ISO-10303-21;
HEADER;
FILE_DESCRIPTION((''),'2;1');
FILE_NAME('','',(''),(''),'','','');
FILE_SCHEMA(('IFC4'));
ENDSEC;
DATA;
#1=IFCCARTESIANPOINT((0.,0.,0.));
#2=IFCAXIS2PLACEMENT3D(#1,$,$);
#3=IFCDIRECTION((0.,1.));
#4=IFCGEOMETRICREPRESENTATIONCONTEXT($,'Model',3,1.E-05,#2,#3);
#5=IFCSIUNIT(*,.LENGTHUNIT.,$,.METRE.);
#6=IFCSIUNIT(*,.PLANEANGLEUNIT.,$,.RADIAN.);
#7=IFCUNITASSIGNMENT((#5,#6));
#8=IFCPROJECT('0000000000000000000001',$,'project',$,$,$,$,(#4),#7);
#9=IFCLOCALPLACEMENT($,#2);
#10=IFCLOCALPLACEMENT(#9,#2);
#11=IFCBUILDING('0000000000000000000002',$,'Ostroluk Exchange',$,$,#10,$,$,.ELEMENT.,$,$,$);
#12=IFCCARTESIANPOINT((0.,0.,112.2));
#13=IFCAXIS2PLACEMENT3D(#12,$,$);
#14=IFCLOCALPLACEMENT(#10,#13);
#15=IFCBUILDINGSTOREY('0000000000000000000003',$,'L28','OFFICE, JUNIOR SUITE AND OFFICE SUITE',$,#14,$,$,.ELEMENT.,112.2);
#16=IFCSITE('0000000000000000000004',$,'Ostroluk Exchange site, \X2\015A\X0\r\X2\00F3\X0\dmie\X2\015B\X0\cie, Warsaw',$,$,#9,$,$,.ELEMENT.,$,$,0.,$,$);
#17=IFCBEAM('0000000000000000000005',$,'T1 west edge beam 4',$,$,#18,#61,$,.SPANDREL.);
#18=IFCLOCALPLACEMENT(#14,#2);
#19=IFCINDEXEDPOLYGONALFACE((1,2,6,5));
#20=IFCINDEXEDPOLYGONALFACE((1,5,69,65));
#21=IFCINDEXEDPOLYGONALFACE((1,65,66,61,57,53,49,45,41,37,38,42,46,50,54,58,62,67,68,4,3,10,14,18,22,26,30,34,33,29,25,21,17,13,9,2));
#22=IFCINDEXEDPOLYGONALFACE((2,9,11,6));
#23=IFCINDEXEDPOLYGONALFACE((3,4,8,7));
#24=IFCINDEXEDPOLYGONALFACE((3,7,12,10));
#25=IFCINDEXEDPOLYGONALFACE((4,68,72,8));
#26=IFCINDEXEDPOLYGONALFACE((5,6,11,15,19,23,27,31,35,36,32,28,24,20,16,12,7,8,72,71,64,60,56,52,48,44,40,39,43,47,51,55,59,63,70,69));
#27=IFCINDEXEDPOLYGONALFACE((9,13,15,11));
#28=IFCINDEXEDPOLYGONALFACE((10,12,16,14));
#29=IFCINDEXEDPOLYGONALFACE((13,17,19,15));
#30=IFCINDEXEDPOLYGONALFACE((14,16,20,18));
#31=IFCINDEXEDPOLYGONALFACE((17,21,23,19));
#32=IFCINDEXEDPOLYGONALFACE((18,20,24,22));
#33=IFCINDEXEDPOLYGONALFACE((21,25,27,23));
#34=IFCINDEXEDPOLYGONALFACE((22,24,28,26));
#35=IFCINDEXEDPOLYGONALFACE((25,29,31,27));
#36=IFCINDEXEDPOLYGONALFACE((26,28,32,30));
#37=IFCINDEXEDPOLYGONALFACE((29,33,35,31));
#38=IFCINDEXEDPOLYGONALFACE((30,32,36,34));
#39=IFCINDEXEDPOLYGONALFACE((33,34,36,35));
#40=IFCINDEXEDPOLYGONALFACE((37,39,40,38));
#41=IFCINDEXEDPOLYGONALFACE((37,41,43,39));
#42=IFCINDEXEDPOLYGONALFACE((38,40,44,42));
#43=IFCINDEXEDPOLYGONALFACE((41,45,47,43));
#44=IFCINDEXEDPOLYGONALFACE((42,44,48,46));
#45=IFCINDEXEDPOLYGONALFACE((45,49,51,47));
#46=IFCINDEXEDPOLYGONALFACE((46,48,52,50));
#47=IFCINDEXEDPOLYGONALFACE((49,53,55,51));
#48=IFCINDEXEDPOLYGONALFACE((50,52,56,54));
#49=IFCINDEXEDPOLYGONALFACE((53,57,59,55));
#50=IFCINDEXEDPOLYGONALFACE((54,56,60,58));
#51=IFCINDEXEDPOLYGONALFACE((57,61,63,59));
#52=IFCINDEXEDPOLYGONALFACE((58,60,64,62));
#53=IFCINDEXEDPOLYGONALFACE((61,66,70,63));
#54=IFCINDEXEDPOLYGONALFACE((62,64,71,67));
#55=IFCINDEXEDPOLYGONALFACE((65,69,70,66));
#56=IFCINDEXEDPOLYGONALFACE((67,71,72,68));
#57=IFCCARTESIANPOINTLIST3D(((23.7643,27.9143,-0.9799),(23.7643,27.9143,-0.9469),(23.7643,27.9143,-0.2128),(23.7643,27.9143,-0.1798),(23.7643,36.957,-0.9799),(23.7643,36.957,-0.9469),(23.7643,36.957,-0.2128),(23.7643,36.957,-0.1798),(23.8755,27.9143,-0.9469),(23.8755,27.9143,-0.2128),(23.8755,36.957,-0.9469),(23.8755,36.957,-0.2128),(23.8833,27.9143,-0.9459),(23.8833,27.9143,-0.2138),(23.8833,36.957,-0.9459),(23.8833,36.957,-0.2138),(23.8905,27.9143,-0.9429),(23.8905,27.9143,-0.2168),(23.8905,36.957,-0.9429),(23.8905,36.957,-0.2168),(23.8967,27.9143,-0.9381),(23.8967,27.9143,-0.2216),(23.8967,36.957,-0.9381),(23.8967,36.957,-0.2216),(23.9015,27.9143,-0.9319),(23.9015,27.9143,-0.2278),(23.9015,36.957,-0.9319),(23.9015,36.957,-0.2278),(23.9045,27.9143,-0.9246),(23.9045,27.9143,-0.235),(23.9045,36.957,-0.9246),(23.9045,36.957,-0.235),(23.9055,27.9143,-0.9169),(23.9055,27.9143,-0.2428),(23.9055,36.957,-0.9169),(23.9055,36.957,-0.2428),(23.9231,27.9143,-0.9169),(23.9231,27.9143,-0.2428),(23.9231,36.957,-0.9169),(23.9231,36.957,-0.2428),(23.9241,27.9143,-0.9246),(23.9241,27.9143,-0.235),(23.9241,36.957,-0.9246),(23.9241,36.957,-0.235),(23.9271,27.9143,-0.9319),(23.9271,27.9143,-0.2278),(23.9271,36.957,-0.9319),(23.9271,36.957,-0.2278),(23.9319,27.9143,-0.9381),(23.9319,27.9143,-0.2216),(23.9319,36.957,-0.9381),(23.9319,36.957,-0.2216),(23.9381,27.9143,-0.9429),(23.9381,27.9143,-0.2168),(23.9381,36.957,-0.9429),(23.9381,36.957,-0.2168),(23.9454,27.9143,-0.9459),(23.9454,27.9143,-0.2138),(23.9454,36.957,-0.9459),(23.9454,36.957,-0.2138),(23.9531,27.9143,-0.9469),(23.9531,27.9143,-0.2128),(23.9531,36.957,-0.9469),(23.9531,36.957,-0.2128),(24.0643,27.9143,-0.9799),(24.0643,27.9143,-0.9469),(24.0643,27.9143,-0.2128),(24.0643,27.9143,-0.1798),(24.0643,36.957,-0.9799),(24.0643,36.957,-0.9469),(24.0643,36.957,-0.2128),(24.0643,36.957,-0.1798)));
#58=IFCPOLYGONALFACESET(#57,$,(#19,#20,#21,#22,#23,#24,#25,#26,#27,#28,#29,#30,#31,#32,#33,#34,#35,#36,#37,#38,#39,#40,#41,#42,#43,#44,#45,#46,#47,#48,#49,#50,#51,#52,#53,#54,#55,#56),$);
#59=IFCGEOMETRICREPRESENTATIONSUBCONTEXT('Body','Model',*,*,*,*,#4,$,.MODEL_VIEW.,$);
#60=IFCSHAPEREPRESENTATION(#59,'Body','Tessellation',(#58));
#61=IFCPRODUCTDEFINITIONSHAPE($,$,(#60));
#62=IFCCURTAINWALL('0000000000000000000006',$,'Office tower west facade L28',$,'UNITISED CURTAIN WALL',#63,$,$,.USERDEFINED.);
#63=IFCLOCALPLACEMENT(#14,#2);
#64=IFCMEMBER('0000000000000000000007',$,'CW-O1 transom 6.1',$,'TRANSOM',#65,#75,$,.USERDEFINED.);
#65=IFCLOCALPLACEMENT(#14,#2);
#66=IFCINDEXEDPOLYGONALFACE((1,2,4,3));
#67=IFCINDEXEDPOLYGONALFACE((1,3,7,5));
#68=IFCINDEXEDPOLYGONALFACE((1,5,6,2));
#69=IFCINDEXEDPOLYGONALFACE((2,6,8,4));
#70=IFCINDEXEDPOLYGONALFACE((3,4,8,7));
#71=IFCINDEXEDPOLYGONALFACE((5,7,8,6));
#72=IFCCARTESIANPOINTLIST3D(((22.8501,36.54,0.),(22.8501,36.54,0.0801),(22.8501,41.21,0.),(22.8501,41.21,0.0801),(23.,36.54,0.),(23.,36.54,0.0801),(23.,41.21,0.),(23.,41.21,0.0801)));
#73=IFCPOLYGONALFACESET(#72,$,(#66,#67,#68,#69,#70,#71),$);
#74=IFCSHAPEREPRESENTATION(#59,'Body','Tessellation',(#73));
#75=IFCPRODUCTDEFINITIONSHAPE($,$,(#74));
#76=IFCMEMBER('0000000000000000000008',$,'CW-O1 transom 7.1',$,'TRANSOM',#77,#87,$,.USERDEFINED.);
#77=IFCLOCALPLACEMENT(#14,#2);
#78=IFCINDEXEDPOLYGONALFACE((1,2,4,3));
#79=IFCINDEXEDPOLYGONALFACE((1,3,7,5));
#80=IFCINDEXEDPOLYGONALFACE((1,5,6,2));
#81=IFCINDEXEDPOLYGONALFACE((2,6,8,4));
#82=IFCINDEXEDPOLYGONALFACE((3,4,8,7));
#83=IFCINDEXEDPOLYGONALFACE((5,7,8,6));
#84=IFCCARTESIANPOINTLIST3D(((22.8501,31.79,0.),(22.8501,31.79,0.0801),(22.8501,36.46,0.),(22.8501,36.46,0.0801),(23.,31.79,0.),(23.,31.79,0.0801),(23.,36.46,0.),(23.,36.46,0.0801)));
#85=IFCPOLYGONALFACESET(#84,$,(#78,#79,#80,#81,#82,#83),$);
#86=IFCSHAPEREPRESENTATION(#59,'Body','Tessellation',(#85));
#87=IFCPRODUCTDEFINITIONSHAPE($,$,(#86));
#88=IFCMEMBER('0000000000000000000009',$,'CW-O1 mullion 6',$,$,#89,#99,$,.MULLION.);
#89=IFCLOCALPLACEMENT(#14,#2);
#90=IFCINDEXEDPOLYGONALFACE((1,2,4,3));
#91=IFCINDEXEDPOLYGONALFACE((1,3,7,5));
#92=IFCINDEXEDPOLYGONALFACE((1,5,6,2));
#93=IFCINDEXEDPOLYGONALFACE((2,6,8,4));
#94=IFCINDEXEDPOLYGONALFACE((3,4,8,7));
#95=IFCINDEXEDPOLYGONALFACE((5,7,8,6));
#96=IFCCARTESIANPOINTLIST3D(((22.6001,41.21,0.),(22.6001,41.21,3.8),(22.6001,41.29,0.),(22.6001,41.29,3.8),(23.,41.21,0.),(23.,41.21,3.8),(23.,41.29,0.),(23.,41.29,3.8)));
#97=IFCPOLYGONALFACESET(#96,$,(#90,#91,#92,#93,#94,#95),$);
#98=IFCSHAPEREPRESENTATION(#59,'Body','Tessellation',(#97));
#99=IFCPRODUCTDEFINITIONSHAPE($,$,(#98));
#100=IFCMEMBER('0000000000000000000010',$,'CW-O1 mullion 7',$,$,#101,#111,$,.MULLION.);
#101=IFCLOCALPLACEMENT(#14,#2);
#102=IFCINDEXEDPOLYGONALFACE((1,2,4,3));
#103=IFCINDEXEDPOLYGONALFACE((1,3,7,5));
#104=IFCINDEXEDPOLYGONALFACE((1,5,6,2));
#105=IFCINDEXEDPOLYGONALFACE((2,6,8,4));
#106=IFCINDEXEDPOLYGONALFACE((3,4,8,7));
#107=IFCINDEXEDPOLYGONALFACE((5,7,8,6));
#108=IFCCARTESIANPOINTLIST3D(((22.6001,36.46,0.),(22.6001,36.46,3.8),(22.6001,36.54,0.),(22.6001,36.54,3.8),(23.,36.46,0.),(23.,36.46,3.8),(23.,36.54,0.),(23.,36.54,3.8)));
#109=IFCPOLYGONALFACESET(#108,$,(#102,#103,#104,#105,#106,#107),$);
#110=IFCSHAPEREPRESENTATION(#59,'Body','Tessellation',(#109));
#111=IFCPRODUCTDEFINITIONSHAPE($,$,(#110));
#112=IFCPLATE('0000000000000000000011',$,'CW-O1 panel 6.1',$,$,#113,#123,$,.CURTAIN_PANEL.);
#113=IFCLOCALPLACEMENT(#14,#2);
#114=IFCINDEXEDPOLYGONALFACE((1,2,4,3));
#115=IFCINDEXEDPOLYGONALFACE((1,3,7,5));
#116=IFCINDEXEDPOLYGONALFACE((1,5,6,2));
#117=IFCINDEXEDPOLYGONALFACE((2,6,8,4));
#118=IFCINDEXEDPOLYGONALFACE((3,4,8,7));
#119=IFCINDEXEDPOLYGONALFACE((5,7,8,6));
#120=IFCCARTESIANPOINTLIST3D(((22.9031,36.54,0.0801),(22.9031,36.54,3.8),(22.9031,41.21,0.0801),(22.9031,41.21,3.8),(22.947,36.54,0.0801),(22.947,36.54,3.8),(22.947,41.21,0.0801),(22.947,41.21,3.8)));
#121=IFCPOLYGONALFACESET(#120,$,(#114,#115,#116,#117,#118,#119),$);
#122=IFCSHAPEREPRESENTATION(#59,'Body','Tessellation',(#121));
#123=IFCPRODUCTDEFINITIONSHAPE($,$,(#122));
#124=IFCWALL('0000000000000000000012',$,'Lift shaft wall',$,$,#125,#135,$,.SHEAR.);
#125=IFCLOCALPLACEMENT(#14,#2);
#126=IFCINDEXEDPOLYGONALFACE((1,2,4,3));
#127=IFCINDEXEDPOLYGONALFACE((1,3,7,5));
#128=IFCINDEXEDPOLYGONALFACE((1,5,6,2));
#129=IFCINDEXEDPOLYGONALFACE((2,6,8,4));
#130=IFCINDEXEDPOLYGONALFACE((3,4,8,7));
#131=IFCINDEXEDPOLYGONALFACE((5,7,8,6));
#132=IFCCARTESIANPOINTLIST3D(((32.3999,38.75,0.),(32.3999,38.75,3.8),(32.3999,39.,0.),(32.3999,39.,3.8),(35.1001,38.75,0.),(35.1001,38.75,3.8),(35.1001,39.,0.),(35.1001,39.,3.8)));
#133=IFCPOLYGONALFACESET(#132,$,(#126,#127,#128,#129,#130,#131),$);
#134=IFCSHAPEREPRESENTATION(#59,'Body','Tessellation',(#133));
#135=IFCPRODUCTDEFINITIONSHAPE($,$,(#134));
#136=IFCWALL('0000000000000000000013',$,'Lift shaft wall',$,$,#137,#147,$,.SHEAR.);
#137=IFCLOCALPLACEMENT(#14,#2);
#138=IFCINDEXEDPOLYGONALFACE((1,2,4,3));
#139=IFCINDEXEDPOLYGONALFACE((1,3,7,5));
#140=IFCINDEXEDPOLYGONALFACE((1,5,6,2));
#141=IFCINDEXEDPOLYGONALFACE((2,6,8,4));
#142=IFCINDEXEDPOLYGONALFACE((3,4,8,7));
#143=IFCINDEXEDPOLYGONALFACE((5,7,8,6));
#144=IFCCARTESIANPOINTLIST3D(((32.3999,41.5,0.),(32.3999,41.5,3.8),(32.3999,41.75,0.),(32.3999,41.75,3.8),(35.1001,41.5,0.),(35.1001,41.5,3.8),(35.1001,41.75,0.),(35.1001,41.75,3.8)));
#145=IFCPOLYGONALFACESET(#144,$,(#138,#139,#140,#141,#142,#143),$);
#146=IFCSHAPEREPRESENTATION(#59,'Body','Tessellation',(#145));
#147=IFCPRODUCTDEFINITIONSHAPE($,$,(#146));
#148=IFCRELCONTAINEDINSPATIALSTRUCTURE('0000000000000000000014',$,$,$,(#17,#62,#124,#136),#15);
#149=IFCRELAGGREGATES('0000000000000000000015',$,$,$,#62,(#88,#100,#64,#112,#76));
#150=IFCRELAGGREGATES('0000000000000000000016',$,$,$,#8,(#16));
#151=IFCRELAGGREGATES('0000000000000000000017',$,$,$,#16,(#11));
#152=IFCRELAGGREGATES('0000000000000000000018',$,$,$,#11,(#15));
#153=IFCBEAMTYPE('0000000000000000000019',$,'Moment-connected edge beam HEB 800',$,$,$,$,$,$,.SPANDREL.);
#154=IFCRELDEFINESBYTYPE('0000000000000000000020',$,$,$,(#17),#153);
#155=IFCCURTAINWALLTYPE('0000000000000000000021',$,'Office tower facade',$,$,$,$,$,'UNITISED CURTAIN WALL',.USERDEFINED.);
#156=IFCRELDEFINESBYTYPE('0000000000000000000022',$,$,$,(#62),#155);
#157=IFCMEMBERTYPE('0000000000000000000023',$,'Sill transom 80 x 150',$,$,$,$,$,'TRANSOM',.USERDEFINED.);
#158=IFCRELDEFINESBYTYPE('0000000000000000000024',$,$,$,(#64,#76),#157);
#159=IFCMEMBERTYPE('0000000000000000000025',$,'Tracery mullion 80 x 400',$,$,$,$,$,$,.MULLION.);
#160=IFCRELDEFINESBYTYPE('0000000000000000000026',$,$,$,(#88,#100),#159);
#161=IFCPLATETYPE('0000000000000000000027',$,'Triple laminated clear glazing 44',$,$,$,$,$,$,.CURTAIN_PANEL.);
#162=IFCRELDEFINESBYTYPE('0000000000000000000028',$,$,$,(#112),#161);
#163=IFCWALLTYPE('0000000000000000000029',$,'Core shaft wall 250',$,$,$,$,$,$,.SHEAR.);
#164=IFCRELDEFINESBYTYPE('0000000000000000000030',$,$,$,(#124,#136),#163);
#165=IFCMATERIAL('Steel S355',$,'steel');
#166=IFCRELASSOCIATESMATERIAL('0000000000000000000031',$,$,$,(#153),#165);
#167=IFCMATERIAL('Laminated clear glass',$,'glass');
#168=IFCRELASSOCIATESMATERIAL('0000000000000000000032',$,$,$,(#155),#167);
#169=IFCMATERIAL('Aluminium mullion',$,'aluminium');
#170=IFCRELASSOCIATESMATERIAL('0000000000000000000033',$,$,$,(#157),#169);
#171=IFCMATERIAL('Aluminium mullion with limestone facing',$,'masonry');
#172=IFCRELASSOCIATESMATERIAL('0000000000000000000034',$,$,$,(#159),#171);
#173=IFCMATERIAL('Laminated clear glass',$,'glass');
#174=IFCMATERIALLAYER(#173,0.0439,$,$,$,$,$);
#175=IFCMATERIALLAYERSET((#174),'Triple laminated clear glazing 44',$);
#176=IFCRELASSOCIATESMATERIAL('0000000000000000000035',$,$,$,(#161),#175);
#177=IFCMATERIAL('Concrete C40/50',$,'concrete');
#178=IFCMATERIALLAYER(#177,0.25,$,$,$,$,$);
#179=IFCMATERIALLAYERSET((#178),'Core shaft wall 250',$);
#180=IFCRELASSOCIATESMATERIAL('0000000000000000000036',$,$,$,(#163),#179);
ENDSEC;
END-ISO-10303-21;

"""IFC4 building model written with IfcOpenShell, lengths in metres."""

from ifc_helpers import new_model, si_unit, direction, frame, frame_2d, origin, origin_2d, place, context, subcontext, project, spatial, rectangle, i_section, extrude, material, layer, layer_set, material_profile, profile_set, type_object, element, aggregate, save


model = new_model("IFC4")

# Units and contexts
model_context = context("Model", 3, precision=1e-05, world=origin(), true_north=direction((0.0, 1.0)))
body_context = subcontext(model_context, "Body", "Model", "MODEL_VIEW")
ifc_project = project(units=[si_unit("LENGTHUNIT", "METRE"), si_unit("PLANEANGLEUNIT", "RADIAN")], contexts=[model_context])

# Site, building, storey
site_placement = place(None, origin())
site = spatial("IfcSite", under=ifc_project, at=site_placement, Name="Ostroluk Exchange site, Śródmieście, Warsaw", CompositionType="ELEMENT", RefElevation=0.0)
building_placement = place(site_placement, origin())
building = spatial("IfcBuilding", under=site, at=building_placement, Name="Ostroluk Exchange", CompositionType="ELEMENT")
storey_placement = place(building_placement, frame((0.0, 0.0, 112.2)))
storey = spatial("IfcBuildingStorey", under=building, at=storey_placement, Name="L28", Description="OFFICE, JUNIOR SUITE AND OFFICE SUITE", CompositionType="ELEMENT", Elevation=112.2)

# Beam
ifc_material_1 = material(Name="Steel S355", Category="steel")
ifc_material_profile_1 = material_profile(ifc_material_1, i_section(OverallWidth=0.3, OverallDepth=0.8, WebThickness=0.0176, FlangeThickness=0.033, FilletRadius=0.03, at=origin_2d()), Name="HEB 800")
ifc_profile_set_1 = profile_set([ifc_material_profile_1], Name="Steel S355")
beam_type_1 = type_object("IfcBeamType", Name="Moment-connected edge beam HEB 800", PredefinedType="SPANDREL", material=ifc_profile_set_1)
beam_1_placement = place(storey_placement, frame((23.9143, 36.957, -0.5798), z_axis=(0.0, -1.0, 0.0), x_axis=(1.0, 0.0, 0.0)))
element("IfcBeam", 1, at=beam_1_placement, inside=storey, type_object=beam_type_1, Name="T1 west edge beam 4", PredefinedType="SPANDREL", context=body_context, shape_type="SweptSolid", body=[
    extrude(i_section(OverallWidth=0.3, OverallDepth=0.8, WebThickness=0.0176, FlangeThickness=0.033, FilletRadius=0.03, at=origin_2d()), origin(), (0.0, 0.0, 1.0), 9.0427),
])

# Curtain wall, members, plate
ifc_material_2 = material(Name="Laminated clear glass", Category="glass")
curtain_wall_type = type_object("IfcCurtainWallType", Name="Office tower facade", ElementType="UNITISED CURTAIN WALL", PredefinedType="USERDEFINED", material=ifc_material_2)
curtain_wall_placement = place(storey_placement, origin())
curtain_wall = element("IfcCurtainWall", 2, at=curtain_wall_placement, inside=storey, type_object=curtain_wall_type, Name="Office tower west facade L28", ObjectType="UNITISED CURTAIN WALL", PredefinedType="USERDEFINED")
ifc_material_3 = material(Name="Aluminium mullion", Category="aluminium")
ifc_material_profile_2 = material_profile(ifc_material_3, rectangle(XDim=0.1499, YDim=0.0801, at=origin_2d()), Name="Sill transom 80 x 150")
ifc_profile_set_2 = profile_set([ifc_material_profile_2], Name="Aluminium mullion")
member_type_1 = type_object("IfcMemberType", Name="Sill transom 80 x 150", ElementType="TRANSOM", PredefinedType="USERDEFINED", material=ifc_profile_set_2)
member_1_placement = place(storey_placement, frame((22.925, 41.21, 0.04), z_axis=(0.0, -1.0, 0.0), x_axis=(1.0, 0.0, 0.0)))
member_1 = element("IfcMember", 3, at=member_1_placement, type_object=member_type_1, Name="CW-O1 transom 6.1", ObjectType="TRANSOM", PredefinedType="USERDEFINED", context=body_context, shape_type="SweptSolid", body=[
    extrude(rectangle(XDim=0.1499, YDim=0.0801, at=origin_2d()), origin(), (0.0, 0.0, 1.0), 4.6699),
])
member_2_placement = place(storey_placement, frame((22.925, 36.46, 0.04), z_axis=(0.0, -1.0, 0.0), x_axis=(1.0, 0.0, 0.0)))
member_2 = element("IfcMember", 4, at=member_2_placement, type_object=member_type_1, Name="CW-O1 transom 7.1", ObjectType="TRANSOM", PredefinedType="USERDEFINED", context=body_context, shape_type="SweptSolid", body=[
    extrude(rectangle(XDim=0.1499, YDim=0.0801, at=origin_2d()), origin(), (0.0, 0.0, 1.0), 4.6699),
])
ifc_material_4 = material(Name="Aluminium mullion with limestone facing", Category="masonry")
ifc_material_profile_3 = material_profile(ifc_material_4, rectangle(XDim=0.3999, YDim=0.0801, at=origin_2d()), Name="Tracery mullion 80 x 400")
ifc_profile_set_3 = profile_set([ifc_material_profile_3], Name="Aluminium mullion with limestone facing")
member_type_2 = type_object("IfcMemberType", Name="Tracery mullion 80 x 400", PredefinedType="MULLION", material=ifc_profile_set_3)
member_3_placement = place(storey_placement, frame((22.8, 41.25, 0.0), z_axis=(0.0, 0.0, 1.0), x_axis=(1.0, 0.0, 0.0)))
member_3 = element("IfcMember", 5, at=member_3_placement, type_object=member_type_2, Name="CW-O1 mullion 6", PredefinedType="MULLION", context=body_context, shape_type="SweptSolid", body=[
    extrude(rectangle(XDim=0.3999, YDim=0.0801, at=origin_2d()), origin(), (0.0, 0.0, 1.0), 3.8),
])
member_4_placement = place(storey_placement, frame((22.8, 36.5, 0.0), z_axis=(0.0, 0.0, 1.0), x_axis=(1.0, 0.0, 0.0)))
member_4 = element("IfcMember", 6, at=member_4_placement, type_object=member_type_2, Name="CW-O1 mullion 7", PredefinedType="MULLION", context=body_context, shape_type="SweptSolid", body=[
    extrude(rectangle(XDim=0.3999, YDim=0.0801, at=origin_2d()), origin(), (0.0, 0.0, 1.0), 3.8),
])
ifc_material_5 = material(Name="Laminated clear glass", Category="glass")
ifc_layer_1 = layer(ifc_material_5, 0.0439)
ifc_layer_set_1 = layer_set([ifc_layer_1], Name="Triple laminated clear glazing 44")
plate_type = type_object("IfcPlateType", Name="Triple laminated clear glazing 44", PredefinedType="CURTAIN_PANEL", material=ifc_layer_set_1)
plate_placement = place(storey_placement, frame((22.925, 38.875, 0.0801), z_axis=(0.0, 0.0, 1.0), x_axis=(0.0, -1.0, 0.0)))
plate = element("IfcPlate", 7, at=plate_placement, type_object=plate_type, Name="CW-O1 panel 6.1", PredefinedType="CURTAIN_PANEL", context=body_context, shape_type="SweptSolid", body=[
    extrude(rectangle(XDim=4.6699, YDim=0.0439, at=origin_2d()), origin(), (0.0, 0.0, 1.0), 3.72),
])
aggregate(curtain_wall, [member_3, member_4, member_1, plate, member_2])

# Walls
ifc_material_6 = material(Name="Concrete C40/50", Category="concrete")
ifc_layer_2 = layer(ifc_material_6, 0.25)
ifc_layer_set_2 = layer_set([ifc_layer_2], Name="Core shaft wall 250")
wall_type_1 = type_object("IfcWallType", Name="Core shaft wall 250", PredefinedType="SHEAR", material=ifc_layer_set_2)
for number, where, z_axis, x_axis, name in (
    (8, (32.3999, 38.875, 0.0), (0.0, 0.0, 1.0), (1.0, 0.0, 0.0), "Lift shaft wall"),
    (9, (32.3999, 41.625, 0.0), (0.0, 0.0, 1.0), (1.0, 0.0, 0.0), "Lift shaft wall"),
):
    element("IfcWall", number, at=place(storey_placement, frame(where, z_axis=z_axis, x_axis=x_axis)), inside=storey, type_object=wall_type_1, Name=name, PredefinedType="SHEAR", context=body_context, shape_type="SweptSolid", body=[
        extrude(rectangle(XDim=2.7002, YDim=0.25, at=frame_2d((1.3501, 0.0))), origin(), (0.0, 0.0, 1.0), 3.8),
    ])

save(model, "model.ifc")
